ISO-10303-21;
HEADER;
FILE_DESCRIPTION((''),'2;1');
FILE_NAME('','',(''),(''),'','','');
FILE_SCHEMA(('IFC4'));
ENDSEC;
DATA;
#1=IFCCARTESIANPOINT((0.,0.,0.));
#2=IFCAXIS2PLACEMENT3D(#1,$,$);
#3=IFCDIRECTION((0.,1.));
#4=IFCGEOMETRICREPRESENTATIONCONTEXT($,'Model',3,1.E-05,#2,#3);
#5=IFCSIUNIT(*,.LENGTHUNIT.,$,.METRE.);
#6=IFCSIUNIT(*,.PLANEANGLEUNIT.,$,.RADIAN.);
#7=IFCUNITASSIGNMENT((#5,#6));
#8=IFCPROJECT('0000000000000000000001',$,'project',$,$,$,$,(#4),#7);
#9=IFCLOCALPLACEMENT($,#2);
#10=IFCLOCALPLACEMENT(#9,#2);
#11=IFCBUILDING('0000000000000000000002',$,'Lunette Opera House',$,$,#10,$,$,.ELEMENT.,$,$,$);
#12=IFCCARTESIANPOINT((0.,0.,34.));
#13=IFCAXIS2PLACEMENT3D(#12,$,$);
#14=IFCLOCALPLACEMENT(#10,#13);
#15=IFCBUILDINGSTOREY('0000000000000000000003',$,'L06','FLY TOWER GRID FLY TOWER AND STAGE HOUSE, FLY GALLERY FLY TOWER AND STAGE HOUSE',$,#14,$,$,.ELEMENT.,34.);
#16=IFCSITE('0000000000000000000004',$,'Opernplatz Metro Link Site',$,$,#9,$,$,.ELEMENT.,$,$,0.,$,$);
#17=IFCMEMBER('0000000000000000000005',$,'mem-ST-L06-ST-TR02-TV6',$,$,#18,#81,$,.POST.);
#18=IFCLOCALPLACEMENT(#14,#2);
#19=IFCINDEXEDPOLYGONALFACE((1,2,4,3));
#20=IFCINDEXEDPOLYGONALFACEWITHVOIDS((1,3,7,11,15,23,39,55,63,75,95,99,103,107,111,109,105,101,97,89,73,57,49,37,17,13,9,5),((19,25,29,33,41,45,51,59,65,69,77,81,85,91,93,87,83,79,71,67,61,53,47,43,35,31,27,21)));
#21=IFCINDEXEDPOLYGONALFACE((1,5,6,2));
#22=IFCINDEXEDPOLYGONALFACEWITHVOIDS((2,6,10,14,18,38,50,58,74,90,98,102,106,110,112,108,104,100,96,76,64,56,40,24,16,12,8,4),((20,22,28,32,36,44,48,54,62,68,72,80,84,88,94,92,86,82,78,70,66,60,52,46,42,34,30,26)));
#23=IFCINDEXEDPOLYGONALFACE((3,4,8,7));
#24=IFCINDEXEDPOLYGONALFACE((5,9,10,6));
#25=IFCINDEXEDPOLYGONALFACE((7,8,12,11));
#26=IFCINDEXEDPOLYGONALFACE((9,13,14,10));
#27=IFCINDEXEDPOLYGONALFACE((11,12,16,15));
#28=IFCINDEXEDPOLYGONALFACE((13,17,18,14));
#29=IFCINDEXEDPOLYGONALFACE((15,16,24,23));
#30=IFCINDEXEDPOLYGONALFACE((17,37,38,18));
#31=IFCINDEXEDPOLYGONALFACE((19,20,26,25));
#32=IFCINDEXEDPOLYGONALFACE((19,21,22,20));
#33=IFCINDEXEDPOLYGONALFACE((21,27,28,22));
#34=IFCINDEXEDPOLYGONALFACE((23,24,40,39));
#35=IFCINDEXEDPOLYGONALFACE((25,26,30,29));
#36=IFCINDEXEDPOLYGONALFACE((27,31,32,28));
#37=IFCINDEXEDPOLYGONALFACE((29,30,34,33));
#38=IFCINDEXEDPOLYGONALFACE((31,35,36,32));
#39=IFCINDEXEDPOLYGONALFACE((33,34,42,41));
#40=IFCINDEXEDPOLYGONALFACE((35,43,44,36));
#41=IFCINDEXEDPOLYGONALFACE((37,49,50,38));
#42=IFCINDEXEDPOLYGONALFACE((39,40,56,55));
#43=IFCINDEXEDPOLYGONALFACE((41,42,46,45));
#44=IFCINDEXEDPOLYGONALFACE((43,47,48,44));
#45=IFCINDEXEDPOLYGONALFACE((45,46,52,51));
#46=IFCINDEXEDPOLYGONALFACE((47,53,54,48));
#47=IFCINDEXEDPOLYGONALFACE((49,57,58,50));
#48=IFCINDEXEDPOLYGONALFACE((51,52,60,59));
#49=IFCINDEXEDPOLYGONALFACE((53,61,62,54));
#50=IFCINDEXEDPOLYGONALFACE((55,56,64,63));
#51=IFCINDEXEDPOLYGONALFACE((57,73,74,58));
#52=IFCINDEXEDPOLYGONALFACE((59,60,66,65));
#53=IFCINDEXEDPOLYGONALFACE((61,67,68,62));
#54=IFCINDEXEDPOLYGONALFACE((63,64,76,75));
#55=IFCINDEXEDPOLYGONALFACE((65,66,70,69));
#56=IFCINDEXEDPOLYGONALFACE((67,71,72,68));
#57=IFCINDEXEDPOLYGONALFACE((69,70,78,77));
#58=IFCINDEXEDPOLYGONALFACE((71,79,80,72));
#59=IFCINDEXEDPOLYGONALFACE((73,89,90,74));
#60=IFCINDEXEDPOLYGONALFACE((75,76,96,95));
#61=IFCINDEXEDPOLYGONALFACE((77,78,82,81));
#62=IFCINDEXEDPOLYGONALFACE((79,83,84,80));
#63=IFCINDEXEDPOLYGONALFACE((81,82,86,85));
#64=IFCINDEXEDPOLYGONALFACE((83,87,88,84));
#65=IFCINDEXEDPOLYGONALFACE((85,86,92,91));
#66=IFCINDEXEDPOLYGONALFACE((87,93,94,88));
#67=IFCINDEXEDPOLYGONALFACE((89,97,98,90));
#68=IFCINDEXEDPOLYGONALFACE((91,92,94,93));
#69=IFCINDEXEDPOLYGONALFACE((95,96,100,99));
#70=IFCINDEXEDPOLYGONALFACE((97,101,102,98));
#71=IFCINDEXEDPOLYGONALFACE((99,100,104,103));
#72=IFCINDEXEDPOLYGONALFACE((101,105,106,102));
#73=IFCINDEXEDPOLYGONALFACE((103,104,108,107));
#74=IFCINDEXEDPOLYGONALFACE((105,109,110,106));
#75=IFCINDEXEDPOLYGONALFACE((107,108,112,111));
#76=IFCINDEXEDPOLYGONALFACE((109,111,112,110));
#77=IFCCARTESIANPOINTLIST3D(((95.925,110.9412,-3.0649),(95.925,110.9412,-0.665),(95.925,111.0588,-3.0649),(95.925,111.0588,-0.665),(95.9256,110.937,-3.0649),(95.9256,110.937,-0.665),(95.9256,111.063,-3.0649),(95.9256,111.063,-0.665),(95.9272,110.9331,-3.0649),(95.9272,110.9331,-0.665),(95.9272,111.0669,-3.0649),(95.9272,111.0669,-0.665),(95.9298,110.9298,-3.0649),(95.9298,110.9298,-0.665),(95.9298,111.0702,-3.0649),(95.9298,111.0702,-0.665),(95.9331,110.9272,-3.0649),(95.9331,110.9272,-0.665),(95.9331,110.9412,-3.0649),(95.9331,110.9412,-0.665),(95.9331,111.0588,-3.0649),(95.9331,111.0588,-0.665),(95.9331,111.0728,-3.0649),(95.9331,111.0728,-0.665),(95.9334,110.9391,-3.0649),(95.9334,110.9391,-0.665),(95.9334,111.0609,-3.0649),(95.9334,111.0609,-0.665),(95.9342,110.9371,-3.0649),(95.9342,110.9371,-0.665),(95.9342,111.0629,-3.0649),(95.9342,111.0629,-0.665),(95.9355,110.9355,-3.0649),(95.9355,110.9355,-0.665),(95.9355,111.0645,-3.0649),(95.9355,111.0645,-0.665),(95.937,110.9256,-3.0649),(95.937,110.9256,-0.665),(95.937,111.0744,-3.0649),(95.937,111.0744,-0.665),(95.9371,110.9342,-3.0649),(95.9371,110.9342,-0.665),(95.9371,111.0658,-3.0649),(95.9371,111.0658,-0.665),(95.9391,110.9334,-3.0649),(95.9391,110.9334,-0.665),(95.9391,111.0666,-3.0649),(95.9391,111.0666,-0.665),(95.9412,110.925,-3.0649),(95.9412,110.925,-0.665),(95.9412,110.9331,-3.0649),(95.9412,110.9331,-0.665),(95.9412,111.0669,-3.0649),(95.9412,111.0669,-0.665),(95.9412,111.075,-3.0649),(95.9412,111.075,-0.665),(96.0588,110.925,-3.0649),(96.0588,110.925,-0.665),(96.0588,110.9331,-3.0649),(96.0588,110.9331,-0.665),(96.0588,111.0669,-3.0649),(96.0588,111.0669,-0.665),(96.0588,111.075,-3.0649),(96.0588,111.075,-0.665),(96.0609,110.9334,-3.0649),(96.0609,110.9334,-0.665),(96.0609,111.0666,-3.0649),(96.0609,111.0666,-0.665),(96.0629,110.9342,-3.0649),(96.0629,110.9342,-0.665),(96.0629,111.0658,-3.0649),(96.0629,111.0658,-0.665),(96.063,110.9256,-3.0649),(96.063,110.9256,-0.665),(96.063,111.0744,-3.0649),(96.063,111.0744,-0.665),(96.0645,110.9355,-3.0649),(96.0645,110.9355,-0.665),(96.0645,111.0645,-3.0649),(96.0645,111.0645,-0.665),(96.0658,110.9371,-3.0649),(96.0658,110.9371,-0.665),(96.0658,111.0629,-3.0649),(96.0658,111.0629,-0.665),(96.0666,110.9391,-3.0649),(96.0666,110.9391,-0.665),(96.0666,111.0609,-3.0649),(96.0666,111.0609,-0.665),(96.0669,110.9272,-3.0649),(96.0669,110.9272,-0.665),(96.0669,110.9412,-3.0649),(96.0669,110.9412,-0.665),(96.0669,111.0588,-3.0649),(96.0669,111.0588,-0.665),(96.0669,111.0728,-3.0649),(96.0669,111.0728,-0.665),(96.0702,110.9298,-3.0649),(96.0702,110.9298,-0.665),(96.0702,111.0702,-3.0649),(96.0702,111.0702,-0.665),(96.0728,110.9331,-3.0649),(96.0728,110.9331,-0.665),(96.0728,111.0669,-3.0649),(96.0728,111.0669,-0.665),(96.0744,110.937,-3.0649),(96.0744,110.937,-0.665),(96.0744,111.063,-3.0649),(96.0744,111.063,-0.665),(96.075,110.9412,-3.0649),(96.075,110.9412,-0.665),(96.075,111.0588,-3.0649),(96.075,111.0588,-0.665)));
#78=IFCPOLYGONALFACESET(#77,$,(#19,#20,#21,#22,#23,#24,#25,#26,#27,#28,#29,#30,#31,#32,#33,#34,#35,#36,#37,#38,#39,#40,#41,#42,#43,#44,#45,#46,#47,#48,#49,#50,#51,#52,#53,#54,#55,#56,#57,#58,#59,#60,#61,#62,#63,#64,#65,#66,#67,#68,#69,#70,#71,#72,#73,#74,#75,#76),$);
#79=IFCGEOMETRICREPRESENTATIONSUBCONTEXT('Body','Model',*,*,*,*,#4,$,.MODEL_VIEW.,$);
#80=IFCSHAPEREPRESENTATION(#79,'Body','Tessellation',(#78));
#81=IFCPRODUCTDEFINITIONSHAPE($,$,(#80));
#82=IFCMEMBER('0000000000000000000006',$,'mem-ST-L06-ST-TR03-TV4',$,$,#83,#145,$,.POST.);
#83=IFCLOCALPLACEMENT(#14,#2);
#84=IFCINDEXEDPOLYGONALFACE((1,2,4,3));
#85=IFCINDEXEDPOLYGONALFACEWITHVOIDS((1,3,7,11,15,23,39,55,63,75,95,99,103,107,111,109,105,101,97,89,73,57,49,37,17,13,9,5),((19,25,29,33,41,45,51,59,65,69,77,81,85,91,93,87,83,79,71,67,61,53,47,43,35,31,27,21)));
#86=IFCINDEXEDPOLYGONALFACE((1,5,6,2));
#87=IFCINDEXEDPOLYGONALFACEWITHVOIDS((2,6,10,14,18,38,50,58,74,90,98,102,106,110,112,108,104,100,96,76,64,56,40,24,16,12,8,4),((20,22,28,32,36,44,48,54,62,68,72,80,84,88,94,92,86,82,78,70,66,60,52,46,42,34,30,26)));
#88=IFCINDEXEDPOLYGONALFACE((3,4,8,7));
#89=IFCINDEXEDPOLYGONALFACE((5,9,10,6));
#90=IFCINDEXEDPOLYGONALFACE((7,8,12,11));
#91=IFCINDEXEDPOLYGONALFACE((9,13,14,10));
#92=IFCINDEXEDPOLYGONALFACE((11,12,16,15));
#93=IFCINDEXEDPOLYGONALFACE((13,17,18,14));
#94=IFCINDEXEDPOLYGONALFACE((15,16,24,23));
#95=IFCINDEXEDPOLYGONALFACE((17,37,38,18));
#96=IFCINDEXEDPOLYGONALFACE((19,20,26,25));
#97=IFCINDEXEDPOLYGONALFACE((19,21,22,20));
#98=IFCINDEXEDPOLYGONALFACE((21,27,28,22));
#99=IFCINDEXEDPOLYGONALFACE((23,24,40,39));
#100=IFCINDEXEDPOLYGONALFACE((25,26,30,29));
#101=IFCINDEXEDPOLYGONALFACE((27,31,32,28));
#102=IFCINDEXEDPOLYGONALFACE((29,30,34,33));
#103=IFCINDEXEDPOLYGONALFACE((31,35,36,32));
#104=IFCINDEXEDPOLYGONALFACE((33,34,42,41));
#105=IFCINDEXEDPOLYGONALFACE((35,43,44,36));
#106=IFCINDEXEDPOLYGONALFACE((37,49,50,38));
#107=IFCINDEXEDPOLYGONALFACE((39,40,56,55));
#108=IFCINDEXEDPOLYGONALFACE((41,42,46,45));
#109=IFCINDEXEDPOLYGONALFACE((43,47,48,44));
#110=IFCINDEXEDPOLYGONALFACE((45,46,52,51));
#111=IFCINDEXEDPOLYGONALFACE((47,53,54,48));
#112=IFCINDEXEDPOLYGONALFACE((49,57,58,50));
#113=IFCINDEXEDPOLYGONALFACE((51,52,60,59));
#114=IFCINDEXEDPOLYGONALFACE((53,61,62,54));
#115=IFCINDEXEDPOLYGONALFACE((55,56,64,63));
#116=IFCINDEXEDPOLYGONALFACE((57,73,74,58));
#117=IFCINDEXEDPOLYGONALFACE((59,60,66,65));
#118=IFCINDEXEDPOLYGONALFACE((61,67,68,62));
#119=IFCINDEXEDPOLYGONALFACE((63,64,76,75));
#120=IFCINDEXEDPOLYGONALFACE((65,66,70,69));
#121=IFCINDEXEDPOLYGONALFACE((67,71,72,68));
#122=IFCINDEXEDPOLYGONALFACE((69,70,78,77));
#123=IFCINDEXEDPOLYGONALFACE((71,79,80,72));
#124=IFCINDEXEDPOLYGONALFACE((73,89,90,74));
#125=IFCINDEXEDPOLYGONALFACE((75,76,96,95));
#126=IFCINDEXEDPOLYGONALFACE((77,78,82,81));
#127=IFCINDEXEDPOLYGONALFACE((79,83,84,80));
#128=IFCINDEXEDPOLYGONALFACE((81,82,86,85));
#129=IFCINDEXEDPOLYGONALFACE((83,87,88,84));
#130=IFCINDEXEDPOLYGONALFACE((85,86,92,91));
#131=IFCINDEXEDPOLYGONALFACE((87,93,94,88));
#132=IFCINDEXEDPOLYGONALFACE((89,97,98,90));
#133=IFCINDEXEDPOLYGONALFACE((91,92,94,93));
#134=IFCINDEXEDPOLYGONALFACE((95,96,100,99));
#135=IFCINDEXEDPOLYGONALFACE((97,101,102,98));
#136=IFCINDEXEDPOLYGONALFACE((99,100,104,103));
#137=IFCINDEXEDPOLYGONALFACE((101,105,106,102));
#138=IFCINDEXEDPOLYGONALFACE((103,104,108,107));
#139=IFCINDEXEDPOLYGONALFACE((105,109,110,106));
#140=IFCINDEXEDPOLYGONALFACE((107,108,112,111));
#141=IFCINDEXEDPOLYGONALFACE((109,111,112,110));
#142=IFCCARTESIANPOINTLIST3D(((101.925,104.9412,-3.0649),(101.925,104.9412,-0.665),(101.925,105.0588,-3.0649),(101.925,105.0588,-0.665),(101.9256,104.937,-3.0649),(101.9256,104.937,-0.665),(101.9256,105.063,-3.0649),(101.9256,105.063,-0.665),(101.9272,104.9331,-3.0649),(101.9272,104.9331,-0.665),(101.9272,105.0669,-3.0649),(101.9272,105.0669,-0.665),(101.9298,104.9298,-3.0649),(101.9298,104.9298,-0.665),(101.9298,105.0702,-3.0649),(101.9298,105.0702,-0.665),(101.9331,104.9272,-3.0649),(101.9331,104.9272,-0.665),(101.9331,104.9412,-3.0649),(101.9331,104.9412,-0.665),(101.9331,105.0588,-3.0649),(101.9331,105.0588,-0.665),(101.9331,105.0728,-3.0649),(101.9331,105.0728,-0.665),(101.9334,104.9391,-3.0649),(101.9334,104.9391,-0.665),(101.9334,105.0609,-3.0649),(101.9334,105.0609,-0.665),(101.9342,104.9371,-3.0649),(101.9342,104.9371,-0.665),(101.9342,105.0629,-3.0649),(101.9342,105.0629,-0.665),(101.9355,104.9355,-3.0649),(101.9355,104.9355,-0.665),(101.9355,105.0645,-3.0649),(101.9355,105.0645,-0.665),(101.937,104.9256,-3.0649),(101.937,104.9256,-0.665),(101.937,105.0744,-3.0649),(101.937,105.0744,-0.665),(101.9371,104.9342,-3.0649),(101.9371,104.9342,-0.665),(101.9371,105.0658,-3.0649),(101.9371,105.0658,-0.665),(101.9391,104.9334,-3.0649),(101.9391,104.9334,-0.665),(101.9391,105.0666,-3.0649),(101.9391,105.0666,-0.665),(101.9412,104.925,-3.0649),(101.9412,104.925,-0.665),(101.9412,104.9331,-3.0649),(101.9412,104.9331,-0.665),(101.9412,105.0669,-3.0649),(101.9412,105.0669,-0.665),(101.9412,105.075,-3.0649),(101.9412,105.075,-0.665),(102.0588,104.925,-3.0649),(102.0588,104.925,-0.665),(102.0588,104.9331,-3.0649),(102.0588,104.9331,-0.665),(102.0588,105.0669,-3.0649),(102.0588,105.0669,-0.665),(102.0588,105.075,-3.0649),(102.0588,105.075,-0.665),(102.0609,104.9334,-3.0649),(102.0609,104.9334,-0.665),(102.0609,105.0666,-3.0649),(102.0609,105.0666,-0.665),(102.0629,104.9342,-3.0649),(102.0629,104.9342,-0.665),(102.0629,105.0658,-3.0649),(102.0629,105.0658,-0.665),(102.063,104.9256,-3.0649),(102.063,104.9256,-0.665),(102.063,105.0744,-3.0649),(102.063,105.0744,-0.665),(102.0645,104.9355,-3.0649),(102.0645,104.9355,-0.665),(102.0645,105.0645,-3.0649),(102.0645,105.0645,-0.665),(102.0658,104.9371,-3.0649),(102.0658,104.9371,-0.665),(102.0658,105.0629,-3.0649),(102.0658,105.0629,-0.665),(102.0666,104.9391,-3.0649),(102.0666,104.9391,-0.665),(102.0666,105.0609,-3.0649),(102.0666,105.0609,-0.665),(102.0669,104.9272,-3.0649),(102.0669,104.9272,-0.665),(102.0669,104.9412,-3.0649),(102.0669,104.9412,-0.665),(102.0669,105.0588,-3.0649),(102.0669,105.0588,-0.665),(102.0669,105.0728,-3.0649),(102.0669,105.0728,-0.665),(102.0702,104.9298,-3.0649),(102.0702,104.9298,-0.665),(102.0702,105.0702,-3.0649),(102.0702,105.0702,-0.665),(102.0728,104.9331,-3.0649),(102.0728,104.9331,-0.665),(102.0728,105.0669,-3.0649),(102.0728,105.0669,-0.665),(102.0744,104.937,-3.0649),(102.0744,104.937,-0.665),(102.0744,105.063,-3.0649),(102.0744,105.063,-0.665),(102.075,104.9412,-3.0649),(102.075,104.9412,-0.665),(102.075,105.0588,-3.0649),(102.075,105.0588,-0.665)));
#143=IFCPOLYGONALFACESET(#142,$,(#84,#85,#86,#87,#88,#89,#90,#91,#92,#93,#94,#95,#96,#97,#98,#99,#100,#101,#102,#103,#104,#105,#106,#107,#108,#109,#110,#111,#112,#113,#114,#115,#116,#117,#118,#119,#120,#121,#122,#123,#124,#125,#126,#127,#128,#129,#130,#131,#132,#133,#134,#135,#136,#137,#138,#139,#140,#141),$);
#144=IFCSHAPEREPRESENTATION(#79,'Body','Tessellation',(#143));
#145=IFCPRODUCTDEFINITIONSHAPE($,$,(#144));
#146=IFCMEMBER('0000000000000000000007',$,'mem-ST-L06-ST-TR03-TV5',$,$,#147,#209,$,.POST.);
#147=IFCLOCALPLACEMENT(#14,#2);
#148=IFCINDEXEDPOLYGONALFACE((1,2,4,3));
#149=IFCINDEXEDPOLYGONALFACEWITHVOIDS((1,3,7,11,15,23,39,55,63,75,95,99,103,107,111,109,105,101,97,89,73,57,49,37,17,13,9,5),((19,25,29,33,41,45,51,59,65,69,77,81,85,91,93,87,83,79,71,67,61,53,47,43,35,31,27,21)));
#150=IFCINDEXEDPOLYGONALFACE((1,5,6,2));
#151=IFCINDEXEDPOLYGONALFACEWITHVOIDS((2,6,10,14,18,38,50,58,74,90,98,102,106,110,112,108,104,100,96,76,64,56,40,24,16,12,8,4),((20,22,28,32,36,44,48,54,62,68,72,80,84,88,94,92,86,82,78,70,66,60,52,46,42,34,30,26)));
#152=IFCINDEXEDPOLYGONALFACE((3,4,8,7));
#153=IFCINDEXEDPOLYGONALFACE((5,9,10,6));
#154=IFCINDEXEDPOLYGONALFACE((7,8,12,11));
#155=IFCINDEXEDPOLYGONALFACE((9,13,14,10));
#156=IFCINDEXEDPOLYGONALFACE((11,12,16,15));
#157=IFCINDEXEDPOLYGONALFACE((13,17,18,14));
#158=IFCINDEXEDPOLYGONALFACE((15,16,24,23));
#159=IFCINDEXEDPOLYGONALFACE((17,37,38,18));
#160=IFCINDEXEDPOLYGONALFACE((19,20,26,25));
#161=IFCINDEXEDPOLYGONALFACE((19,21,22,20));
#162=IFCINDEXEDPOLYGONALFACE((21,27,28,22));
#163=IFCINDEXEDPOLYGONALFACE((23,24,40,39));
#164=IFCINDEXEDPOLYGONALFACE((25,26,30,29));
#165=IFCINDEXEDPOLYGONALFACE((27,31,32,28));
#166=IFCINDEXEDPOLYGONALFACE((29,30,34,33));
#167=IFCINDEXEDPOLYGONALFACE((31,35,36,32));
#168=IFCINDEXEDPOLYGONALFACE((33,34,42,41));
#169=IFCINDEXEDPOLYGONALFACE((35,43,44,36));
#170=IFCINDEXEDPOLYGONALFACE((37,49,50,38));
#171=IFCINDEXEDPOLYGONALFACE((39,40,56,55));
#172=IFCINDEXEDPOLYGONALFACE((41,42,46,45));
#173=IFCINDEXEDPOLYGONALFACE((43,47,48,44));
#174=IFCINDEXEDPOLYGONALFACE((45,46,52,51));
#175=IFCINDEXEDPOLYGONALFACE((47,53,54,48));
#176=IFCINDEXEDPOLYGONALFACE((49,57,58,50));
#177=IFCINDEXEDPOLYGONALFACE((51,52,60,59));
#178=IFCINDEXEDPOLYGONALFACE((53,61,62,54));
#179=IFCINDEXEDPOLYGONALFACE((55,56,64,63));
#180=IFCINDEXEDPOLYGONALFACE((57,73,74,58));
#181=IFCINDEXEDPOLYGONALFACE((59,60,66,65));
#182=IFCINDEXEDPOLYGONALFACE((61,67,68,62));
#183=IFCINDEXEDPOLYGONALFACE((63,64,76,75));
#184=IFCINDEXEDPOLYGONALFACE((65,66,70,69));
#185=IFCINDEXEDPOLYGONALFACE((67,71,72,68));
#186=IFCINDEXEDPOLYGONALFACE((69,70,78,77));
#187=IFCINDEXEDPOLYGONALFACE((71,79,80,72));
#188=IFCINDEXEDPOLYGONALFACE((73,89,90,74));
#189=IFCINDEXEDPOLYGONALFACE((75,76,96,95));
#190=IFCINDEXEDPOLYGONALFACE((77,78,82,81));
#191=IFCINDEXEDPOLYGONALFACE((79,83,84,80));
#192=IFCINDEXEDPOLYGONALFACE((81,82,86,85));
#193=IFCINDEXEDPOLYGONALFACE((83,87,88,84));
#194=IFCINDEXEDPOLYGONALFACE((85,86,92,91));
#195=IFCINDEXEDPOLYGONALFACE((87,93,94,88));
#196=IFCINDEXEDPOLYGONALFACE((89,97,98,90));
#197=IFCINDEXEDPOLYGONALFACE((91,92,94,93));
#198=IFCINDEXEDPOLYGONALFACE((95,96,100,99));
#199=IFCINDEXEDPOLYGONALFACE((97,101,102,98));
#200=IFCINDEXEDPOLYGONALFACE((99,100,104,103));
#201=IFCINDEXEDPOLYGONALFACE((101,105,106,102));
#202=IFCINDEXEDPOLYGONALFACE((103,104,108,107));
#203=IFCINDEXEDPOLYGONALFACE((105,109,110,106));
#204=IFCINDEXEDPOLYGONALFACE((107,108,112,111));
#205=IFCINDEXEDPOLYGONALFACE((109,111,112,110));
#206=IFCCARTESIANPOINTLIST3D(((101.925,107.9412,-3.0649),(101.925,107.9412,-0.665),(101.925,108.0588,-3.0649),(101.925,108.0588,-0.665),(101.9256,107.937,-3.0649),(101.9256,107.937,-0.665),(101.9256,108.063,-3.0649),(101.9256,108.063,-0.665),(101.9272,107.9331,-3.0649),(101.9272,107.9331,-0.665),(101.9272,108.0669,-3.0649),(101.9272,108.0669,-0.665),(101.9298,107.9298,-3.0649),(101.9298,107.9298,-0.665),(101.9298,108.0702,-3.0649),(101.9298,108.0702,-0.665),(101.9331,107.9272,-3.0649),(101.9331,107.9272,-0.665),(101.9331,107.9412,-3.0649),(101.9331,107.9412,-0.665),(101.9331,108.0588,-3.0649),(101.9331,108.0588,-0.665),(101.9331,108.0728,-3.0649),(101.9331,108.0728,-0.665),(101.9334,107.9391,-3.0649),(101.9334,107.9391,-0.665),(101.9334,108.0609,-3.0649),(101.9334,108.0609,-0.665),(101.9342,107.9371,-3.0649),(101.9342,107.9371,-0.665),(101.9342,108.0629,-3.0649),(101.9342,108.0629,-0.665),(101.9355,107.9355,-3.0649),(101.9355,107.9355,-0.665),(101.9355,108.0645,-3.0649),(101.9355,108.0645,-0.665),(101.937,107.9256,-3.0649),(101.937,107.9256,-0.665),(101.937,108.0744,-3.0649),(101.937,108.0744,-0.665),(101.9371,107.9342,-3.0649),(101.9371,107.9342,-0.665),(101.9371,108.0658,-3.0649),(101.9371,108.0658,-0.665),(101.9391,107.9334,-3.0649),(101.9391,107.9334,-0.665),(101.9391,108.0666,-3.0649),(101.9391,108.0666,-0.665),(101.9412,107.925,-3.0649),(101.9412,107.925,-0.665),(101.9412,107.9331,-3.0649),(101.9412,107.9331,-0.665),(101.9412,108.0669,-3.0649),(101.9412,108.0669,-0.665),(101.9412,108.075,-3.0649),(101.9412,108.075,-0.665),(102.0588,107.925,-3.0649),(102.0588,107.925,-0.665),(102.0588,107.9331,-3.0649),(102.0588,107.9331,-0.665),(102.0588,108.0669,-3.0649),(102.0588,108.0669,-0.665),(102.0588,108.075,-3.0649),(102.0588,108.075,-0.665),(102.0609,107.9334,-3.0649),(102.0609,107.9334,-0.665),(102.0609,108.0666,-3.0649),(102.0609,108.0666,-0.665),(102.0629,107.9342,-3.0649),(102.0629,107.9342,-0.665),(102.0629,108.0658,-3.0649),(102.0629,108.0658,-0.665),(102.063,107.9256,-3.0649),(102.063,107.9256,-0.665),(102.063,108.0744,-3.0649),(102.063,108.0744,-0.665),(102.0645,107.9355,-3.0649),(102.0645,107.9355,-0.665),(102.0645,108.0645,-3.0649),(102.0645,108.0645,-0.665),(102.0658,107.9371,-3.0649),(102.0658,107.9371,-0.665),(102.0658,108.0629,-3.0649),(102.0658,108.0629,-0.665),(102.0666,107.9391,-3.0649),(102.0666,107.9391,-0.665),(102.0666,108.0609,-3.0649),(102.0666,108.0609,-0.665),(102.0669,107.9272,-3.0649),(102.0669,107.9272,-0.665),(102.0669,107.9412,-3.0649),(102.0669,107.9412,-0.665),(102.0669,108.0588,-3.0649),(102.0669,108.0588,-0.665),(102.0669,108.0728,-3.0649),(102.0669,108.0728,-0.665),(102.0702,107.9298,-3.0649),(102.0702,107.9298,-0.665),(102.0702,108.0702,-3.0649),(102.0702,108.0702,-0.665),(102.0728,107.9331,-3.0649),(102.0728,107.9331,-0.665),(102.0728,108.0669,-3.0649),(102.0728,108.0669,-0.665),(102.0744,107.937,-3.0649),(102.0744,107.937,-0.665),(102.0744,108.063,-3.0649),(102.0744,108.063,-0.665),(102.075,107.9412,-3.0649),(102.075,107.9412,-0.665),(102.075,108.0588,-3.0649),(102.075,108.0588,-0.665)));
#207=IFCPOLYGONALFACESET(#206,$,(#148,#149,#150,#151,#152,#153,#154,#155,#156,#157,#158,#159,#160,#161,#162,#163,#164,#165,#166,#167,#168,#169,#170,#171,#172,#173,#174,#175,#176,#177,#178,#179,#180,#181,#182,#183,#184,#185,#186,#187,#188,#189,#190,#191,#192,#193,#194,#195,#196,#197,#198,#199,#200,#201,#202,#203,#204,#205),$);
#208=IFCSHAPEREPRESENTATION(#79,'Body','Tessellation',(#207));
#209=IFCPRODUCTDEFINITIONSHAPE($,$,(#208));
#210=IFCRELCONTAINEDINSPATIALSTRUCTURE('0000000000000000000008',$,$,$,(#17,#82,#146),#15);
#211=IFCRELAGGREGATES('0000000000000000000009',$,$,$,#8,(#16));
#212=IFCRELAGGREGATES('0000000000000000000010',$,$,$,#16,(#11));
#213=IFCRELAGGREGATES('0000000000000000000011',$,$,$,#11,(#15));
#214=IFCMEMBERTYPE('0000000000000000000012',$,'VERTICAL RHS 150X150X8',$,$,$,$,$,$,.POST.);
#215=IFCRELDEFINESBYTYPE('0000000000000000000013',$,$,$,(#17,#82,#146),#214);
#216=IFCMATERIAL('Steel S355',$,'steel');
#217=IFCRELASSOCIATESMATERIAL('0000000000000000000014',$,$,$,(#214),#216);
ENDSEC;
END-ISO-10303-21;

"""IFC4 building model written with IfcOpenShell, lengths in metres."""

from ifc_helpers import new_model, si_unit, direction, frame, origin, origin_2d, place, context, subcontext, project, spatial, hollow_rectangle, extrude, material, material_profile, profile_set, type_object, element, save


model = new_model("IFC4")

# Units and contexts
model_context = context("Model", 3, precision=1e-05, world=origin(), true_north=direction((0.0, 1.0)))
body_context = subcontext(model_context, "Body", "Model", "MODEL_VIEW")
ifc_project = project(units=[si_unit("LENGTHUNIT", "METRE"), si_unit("PLANEANGLEUNIT", "RADIAN")], contexts=[model_context])

# Site, building, storey
site_placement = place(None, origin())
site = spatial("IfcSite", under=ifc_project, at=site_placement, Name="Opernplatz Metro Link Site", CompositionType="ELEMENT", RefElevation=0.0)
building_placement = place(site_placement, origin())
building = spatial("IfcBuilding", under=site, at=building_placement, Name="Lunette Opera House", CompositionType="ELEMENT")
storey_placement = place(building_placement, frame((0.0, 0.0, 34.0)))
storey = spatial("IfcBuildingStorey", under=building, at=storey_placement, Name="L06", Description="FLY TOWER GRID FLY TOWER AND STAGE HOUSE, FLY GALLERY FLY TOWER AND STAGE HOUSE", CompositionType="ELEMENT", Elevation=34.0)

# Members
ifc_material_1 = material(Name="Steel S355", Category="steel")
ifc_material_profile_1 = material_profile(ifc_material_1, hollow_rectangle(XDim=0.1499, YDim=0.1499, WallThickness=0.0081, InnerFilletRadius=0.0081, OuterFilletRadius=0.0161, at=origin_2d()), Name="RHS 150X150X8")
ifc_profile_set_1 = profile_set([ifc_material_profile_1], Name="Steel S355")
member_type_1 = type_object("IfcMemberType", Name="VERTICAL RHS 150X150X8", PredefinedType="POST", material=ifc_profile_set_1)
for number, where, z_axis, x_axis, name in (
    (1, (96.0, 111.0, -3.0649), (0.0, 0.0, 1.0), (1.0, 0.0, 0.0), "mem-ST-L06-ST-TR02-TV6"),
    (2, (102.0, 105.0, -3.0649), (0.0, 0.0, 1.0), (1.0, 0.0, 0.0), "mem-ST-L06-ST-TR03-TV4"),
    (3, (102.0, 108.0, -3.0649), (0.0, 0.0, 1.0), (1.0, 0.0, 0.0), "mem-ST-L06-ST-TR03-TV5"),
):
    element("IfcMember", number, at=place(storey_placement, frame(where, z_axis=z_axis, x_axis=x_axis)), inside=storey, type_object=member_type_1, Name=name, PredefinedType="POST", context=body_context, shape_type="SweptSolid", body=[
        extrude(hollow_rectangle(XDim=0.1499, YDim=0.1499, WallThickness=0.0081, InnerFilletRadius=0.0081, OuterFilletRadius=0.0161, at=origin_2d()), origin(), (0.0, 0.0, 1.0), 2.3999),
    ])

save(model, "model.ifc")
